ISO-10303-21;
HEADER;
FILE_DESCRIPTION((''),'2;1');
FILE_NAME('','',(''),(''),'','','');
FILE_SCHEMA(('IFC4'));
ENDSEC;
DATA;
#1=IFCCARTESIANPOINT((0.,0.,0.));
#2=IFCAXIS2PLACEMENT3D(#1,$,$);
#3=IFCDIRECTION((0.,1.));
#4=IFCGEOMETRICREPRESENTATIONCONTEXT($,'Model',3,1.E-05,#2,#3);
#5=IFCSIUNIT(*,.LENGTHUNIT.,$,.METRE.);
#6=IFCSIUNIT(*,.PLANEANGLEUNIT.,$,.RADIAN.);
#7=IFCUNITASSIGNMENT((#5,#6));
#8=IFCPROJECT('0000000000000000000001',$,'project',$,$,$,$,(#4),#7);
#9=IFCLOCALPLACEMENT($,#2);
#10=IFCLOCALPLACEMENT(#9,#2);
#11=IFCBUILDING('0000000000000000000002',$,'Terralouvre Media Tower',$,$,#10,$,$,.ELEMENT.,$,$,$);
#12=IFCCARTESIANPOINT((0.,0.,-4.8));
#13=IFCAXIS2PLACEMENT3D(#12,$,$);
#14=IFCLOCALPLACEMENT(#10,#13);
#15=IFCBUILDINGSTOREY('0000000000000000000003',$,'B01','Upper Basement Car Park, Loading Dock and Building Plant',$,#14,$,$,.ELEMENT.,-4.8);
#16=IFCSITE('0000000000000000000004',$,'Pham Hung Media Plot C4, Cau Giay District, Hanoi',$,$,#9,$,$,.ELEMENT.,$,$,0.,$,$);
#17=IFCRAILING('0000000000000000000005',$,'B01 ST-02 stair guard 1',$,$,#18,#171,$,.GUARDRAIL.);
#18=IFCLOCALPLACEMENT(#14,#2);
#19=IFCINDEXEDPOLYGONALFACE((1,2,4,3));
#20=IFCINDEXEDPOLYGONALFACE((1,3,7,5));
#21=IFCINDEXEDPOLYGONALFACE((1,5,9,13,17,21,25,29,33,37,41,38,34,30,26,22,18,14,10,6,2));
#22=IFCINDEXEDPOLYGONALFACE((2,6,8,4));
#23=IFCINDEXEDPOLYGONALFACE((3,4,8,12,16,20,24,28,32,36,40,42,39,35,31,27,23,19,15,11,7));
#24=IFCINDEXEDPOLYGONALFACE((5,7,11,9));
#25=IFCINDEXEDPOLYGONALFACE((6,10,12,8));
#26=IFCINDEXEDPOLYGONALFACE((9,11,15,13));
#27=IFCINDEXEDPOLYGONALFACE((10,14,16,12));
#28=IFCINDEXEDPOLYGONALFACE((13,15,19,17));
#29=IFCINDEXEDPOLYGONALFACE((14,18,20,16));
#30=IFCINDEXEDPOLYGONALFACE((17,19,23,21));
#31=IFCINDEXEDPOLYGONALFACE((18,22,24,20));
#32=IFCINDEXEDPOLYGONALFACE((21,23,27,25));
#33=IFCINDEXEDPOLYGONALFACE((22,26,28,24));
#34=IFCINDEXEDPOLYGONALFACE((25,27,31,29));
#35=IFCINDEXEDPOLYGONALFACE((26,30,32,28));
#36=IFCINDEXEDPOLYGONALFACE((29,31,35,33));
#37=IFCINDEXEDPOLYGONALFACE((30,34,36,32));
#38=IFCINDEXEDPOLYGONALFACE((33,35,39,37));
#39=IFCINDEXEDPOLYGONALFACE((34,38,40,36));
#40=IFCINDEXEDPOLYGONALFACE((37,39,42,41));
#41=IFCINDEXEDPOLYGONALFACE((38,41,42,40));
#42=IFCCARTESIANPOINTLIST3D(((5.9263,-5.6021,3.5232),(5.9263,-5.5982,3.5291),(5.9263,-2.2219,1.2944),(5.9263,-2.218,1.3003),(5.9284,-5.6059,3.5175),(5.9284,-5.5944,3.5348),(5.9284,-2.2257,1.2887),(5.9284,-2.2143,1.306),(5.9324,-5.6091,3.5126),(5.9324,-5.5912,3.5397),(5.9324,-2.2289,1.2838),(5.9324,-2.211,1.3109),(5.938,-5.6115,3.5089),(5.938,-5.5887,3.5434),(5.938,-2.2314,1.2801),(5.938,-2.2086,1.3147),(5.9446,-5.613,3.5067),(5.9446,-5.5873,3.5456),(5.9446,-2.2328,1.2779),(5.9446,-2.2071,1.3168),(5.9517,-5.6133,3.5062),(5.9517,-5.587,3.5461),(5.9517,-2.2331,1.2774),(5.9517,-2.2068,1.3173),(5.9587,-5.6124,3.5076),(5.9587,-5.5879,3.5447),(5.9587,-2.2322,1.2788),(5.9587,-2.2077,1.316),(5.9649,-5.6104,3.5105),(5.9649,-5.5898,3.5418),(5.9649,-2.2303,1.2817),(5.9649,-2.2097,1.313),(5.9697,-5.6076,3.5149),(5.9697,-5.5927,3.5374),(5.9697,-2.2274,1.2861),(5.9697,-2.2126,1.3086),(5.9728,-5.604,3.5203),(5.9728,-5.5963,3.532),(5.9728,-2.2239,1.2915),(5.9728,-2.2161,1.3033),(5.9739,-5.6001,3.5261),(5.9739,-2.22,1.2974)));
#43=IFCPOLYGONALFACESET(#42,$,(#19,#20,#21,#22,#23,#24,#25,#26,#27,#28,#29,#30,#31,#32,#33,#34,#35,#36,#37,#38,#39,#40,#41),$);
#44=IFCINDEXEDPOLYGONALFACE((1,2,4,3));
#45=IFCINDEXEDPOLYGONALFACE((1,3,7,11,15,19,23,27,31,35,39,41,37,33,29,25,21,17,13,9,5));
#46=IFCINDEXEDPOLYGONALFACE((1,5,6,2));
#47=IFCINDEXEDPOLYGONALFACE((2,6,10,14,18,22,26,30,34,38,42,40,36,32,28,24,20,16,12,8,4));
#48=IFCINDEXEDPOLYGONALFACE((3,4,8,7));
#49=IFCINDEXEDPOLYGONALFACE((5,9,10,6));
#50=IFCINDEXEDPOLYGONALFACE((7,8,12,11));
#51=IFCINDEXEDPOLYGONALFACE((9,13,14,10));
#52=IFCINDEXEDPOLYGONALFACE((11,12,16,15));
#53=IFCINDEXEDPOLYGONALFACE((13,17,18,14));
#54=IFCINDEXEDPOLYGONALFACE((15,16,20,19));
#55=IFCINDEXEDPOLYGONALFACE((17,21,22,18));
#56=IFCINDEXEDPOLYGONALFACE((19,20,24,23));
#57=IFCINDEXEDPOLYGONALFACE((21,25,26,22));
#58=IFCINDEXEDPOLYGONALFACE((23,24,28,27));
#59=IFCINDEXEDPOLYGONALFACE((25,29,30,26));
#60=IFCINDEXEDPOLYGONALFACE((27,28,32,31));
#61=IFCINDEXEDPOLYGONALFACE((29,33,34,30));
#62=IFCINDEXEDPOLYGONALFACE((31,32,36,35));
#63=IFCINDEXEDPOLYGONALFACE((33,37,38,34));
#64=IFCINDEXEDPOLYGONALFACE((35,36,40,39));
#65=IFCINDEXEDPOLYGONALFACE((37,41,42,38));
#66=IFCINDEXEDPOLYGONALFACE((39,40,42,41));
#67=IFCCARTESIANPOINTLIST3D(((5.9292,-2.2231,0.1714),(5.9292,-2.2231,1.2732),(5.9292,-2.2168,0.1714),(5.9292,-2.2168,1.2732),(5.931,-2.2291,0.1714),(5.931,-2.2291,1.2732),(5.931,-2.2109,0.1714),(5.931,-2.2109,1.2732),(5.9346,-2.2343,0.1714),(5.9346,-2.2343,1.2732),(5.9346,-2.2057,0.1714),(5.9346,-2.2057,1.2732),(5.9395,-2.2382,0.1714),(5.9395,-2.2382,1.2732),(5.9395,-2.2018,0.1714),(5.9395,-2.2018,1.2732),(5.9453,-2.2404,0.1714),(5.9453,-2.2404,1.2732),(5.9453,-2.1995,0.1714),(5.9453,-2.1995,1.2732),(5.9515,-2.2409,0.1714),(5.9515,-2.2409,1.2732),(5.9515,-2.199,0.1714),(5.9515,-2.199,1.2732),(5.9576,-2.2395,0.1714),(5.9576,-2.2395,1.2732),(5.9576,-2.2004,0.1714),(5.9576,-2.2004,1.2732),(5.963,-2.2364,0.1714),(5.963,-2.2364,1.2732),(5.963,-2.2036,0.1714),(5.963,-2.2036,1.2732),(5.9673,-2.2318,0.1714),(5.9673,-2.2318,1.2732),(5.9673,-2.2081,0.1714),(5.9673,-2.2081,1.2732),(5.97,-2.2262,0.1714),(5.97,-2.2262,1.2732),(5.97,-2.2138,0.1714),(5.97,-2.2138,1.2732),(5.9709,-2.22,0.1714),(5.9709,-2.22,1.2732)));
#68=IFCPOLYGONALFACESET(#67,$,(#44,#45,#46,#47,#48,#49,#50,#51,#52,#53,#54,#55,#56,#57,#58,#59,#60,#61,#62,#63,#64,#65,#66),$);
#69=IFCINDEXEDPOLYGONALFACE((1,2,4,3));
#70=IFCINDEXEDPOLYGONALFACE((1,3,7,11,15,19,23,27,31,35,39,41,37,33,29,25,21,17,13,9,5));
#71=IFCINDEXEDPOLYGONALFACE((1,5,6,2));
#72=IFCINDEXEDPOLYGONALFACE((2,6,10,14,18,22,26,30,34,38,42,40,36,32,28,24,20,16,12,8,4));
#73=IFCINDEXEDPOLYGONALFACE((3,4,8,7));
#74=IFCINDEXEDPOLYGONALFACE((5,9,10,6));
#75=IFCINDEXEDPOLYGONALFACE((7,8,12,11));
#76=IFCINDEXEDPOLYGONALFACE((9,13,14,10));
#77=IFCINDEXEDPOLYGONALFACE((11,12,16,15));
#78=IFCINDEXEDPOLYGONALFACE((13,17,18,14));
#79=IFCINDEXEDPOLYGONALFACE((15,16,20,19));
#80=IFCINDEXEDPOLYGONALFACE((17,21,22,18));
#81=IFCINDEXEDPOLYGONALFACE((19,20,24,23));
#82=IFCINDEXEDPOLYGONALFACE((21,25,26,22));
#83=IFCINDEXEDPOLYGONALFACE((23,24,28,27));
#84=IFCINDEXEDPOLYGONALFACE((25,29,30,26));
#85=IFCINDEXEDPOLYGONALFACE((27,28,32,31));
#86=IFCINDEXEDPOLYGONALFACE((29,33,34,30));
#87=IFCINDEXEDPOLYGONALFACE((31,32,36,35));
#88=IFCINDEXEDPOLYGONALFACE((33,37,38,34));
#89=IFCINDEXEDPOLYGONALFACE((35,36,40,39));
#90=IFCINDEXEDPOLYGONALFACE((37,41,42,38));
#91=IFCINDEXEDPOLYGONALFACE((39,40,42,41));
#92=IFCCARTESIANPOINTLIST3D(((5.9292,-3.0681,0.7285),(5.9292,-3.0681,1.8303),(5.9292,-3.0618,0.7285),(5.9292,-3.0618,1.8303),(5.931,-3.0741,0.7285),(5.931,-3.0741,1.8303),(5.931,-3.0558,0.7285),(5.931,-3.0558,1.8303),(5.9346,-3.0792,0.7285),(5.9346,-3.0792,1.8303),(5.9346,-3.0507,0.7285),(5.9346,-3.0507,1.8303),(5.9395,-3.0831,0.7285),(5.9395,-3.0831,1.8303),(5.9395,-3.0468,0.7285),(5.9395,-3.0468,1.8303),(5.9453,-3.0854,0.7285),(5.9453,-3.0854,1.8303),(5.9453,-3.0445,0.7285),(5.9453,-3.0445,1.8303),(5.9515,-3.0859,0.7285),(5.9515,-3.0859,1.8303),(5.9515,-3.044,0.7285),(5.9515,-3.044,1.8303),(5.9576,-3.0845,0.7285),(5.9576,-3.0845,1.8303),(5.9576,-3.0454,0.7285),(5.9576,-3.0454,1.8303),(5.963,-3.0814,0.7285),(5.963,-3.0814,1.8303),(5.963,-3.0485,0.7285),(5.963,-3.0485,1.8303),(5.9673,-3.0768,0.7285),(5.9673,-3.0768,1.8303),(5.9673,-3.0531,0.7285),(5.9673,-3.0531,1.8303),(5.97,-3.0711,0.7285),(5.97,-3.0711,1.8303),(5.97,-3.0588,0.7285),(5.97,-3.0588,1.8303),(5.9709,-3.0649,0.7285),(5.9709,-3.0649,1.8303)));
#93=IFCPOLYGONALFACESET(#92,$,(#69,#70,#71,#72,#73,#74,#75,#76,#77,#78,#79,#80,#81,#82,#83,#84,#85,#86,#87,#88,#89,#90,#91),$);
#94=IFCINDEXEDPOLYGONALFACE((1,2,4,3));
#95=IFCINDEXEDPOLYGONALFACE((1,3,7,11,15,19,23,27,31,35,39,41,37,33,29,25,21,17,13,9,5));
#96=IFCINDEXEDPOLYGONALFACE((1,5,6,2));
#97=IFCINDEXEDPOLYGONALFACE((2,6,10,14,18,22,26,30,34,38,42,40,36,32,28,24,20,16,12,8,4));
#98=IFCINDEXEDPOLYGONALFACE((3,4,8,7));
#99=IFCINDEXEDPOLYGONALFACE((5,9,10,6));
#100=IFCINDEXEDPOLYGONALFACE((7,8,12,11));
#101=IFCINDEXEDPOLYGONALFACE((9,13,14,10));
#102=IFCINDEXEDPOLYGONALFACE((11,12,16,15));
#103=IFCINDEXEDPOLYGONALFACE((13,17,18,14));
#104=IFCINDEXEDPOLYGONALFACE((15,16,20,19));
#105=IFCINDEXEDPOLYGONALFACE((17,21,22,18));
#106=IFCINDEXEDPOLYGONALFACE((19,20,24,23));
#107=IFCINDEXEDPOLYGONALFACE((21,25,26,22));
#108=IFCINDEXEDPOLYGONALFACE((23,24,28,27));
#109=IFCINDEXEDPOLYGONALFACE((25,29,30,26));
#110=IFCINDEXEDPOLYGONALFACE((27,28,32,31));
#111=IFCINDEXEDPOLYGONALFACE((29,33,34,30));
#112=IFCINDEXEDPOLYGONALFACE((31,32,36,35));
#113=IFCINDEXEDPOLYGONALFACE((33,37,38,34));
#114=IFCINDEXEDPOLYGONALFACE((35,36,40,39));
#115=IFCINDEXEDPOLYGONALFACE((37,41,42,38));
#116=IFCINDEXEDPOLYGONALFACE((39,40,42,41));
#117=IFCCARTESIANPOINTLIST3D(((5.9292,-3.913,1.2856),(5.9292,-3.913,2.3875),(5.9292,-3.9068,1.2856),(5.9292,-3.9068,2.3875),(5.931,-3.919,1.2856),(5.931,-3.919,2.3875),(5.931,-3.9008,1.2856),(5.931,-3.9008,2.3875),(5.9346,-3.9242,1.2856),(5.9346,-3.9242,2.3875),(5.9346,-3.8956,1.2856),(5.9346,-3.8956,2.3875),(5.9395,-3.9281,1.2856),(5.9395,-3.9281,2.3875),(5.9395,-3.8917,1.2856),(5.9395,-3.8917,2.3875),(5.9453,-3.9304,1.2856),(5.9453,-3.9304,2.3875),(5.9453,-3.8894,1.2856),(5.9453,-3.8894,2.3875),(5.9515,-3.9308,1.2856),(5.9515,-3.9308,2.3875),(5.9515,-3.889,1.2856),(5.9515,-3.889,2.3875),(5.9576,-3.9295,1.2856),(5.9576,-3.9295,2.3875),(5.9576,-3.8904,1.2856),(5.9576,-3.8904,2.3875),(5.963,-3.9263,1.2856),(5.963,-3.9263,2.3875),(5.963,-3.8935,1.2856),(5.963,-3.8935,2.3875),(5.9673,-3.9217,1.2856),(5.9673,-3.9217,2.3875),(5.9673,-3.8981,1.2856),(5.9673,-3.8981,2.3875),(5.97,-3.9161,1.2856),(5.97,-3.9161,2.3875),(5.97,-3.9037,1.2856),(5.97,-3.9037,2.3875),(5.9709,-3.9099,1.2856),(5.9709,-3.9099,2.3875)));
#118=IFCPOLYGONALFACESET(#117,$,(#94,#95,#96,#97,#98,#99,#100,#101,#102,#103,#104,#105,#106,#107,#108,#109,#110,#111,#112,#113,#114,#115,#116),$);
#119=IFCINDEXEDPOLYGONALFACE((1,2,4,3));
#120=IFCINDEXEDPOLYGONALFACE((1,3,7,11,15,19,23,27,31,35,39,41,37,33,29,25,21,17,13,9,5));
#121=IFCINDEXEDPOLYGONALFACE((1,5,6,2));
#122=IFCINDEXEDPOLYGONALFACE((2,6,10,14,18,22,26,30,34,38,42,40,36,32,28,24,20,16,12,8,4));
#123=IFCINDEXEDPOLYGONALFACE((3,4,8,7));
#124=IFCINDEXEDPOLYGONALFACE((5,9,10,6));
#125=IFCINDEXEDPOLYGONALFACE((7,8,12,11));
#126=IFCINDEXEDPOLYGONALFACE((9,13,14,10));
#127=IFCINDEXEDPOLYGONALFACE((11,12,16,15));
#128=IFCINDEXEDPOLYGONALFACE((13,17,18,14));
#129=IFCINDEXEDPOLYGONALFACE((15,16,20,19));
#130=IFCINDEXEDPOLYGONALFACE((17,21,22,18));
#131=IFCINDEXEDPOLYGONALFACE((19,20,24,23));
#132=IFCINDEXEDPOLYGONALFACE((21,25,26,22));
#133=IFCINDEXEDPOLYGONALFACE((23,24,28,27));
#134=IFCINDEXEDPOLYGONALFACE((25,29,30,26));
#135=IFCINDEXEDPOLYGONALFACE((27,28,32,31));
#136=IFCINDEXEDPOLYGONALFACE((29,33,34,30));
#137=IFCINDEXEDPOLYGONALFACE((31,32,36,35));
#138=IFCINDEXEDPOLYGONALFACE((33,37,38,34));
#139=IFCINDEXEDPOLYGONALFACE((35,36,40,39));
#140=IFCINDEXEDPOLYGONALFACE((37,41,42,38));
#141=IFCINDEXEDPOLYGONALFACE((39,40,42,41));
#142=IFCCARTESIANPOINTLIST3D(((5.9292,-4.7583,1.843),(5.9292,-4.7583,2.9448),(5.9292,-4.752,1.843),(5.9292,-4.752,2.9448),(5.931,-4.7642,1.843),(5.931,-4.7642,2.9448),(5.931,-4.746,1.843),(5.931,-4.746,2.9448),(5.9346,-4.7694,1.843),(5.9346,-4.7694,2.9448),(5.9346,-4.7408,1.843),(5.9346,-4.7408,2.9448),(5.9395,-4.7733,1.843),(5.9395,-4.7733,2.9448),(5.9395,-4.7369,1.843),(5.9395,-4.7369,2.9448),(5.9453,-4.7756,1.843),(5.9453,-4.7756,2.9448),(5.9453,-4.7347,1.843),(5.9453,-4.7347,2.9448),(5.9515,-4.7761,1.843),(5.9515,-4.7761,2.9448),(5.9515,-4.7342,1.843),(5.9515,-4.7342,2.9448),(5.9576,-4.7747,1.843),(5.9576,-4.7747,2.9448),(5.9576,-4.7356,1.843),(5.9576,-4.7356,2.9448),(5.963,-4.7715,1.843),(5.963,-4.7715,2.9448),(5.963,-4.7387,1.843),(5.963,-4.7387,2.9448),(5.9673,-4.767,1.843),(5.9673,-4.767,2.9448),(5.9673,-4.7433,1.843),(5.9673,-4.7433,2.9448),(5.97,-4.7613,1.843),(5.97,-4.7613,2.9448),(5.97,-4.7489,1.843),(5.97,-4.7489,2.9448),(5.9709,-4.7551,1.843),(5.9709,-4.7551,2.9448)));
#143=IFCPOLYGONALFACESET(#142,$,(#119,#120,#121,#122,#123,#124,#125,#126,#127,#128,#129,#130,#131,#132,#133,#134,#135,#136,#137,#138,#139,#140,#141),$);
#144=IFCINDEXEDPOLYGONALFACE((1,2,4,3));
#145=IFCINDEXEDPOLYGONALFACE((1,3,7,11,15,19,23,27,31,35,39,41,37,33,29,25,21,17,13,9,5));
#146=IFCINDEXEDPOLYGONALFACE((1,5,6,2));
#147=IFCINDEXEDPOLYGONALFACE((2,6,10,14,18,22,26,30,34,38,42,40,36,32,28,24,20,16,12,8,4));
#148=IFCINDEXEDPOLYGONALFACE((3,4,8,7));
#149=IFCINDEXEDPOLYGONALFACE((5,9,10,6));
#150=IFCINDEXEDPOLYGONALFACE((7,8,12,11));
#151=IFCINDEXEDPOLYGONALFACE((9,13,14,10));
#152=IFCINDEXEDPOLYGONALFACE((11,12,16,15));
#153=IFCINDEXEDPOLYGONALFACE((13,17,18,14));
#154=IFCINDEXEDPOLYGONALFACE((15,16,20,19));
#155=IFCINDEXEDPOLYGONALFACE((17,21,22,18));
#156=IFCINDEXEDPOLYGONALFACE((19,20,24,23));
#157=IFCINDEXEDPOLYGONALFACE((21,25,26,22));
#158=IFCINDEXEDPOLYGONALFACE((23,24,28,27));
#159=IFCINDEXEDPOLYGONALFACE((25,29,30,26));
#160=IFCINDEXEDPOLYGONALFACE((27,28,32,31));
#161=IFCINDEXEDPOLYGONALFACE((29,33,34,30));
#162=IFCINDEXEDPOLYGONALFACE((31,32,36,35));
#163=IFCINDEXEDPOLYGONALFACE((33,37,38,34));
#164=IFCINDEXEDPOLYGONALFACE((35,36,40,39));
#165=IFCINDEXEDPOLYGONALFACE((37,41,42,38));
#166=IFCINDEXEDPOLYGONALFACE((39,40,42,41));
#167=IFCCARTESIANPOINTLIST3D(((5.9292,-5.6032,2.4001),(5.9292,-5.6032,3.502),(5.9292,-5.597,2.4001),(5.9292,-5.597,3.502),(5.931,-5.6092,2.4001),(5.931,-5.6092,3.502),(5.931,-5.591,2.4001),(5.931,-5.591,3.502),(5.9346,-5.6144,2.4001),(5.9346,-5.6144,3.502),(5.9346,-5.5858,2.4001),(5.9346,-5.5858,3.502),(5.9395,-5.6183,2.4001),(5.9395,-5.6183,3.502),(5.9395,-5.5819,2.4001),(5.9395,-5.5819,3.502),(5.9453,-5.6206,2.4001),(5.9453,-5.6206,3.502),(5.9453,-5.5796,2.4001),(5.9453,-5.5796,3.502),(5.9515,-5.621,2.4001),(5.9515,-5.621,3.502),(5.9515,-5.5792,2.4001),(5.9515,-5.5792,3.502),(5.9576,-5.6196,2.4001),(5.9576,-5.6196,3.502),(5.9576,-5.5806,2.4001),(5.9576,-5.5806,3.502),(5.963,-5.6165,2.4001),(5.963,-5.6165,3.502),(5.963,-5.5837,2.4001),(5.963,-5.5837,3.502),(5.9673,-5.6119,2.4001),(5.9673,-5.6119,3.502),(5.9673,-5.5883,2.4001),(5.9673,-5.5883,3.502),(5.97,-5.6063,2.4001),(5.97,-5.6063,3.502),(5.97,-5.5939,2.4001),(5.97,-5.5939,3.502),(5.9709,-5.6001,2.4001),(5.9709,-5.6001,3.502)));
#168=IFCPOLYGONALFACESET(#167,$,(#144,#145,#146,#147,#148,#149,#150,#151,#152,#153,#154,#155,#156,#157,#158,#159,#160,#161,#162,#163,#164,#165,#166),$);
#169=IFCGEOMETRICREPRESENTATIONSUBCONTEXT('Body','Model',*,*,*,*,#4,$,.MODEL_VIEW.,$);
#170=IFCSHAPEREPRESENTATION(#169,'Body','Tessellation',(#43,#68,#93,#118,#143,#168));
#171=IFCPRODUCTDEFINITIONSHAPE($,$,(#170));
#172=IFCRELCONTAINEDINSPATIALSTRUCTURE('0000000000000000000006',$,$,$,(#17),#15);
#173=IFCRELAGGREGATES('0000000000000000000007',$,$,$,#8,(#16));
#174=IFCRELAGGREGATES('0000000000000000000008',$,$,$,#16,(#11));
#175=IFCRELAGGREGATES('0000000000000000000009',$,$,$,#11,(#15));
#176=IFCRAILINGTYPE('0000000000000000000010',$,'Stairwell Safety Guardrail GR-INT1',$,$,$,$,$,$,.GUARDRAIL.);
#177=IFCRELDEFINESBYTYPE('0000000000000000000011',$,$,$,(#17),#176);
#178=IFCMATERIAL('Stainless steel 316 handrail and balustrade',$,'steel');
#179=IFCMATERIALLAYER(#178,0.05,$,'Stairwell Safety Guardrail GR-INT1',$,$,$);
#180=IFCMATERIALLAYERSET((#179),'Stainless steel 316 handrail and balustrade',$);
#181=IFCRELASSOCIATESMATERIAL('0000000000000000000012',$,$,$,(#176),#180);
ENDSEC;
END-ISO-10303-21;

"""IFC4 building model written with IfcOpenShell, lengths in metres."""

from ifc_helpers import new_model, si_unit, direction, frame, origin, origin_2d, place, context, subcontext, project, spatial, circle, extrude, material, layer, layer_set, type_object, element, save


model = new_model("IFC4")

# Units and contexts
model_context = context("Model", 3, precision=1e-05, world=origin(), true_north=direction((0.0, 1.0)))
body_context = subcontext(model_context, "Body", "Model", "MODEL_VIEW")
ifc_project = project(units=[si_unit("LENGTHUNIT", "METRE"), si_unit("PLANEANGLEUNIT", "RADIAN")], contexts=[model_context])

# Site, building, storey
site_placement = place(None, origin())
site = spatial("IfcSite", under=ifc_project, at=site_placement, Name="Pham Hung Media Plot C4, Cau Giay District, Hanoi", CompositionType="ELEMENT", RefElevation=0.0)
building_placement = place(site_placement, origin())
building = spatial("IfcBuilding", under=site, at=building_placement, Name="Terralouvre Media Tower", CompositionType="ELEMENT")
storey_placement = place(building_placement, frame((0.0, 0.0, -4.8)))
storey = spatial("IfcBuildingStorey", under=building, at=storey_placement, Name="B01", Description="Upper Basement Car Park, Loading Dock and Building Plant", CompositionType="ELEMENT", Elevation=-4.8)

# Railing
ifc_material_1 = material(Name="Stainless steel 316 handrail and balustrade", Category="steel")
ifc_layer_1 = layer(ifc_material_1, 0.05, Name="Stairwell Safety Guardrail GR-INT1")
ifc_layer_set_1 = layer_set([ifc_layer_1], Name="Stainless steel 316 handrail and balustrade")
railing_type_1 = type_object("IfcRailingType", Name="Stairwell Safety Guardrail GR-INT1", PredefinedType="GUARDRAIL", material=ifc_layer_set_1)
railing_1_placement = place(storey_placement, frame((5.95, -2.22, 0.1714)))
element("IfcRailing", 1, at=railing_1_placement, inside=storey, type_object=railing_type_1, Name="B01 ST-02 stair guard 1", PredefinedType="GUARDRAIL", context=body_context, shape_type="SweptSolid", body=[
    extrude(circle(Radius=0.0239, at=origin_2d()), frame((0.0, 0.0, 1.126), z_axis=(0.0, -0.834851, 0.550477), x_axis=(1.0, 0.0, 0.0)), (0.0, 0.0, 1.0), 4.0488),
    extrude(circle(Radius=0.021, at=origin_2d()), origin(), (0.0, 0.0, 1.0), 1.1018),
    extrude(circle(Radius=0.021, at=origin_2d()), frame((0.0, -0.845, 0.5571)), (0.0, 0.0, 1.0), 1.1018),
    extrude(circle(Radius=0.021, at=origin_2d()), frame((0.0, -1.6899, 1.1143)), (0.0, 0.0, 1.0), 1.1018),
    extrude(circle(Radius=0.021, at=origin_2d()), frame((0.0, -2.5352, 1.6716)), (0.0, 0.0, 1.0), 1.1018),
    extrude(circle(Radius=0.021, at=origin_2d()), frame((0.0, -3.3801, 2.2288)), (0.0, 0.0, 1.0), 1.1018),
])

save(model, "model.ifc")
